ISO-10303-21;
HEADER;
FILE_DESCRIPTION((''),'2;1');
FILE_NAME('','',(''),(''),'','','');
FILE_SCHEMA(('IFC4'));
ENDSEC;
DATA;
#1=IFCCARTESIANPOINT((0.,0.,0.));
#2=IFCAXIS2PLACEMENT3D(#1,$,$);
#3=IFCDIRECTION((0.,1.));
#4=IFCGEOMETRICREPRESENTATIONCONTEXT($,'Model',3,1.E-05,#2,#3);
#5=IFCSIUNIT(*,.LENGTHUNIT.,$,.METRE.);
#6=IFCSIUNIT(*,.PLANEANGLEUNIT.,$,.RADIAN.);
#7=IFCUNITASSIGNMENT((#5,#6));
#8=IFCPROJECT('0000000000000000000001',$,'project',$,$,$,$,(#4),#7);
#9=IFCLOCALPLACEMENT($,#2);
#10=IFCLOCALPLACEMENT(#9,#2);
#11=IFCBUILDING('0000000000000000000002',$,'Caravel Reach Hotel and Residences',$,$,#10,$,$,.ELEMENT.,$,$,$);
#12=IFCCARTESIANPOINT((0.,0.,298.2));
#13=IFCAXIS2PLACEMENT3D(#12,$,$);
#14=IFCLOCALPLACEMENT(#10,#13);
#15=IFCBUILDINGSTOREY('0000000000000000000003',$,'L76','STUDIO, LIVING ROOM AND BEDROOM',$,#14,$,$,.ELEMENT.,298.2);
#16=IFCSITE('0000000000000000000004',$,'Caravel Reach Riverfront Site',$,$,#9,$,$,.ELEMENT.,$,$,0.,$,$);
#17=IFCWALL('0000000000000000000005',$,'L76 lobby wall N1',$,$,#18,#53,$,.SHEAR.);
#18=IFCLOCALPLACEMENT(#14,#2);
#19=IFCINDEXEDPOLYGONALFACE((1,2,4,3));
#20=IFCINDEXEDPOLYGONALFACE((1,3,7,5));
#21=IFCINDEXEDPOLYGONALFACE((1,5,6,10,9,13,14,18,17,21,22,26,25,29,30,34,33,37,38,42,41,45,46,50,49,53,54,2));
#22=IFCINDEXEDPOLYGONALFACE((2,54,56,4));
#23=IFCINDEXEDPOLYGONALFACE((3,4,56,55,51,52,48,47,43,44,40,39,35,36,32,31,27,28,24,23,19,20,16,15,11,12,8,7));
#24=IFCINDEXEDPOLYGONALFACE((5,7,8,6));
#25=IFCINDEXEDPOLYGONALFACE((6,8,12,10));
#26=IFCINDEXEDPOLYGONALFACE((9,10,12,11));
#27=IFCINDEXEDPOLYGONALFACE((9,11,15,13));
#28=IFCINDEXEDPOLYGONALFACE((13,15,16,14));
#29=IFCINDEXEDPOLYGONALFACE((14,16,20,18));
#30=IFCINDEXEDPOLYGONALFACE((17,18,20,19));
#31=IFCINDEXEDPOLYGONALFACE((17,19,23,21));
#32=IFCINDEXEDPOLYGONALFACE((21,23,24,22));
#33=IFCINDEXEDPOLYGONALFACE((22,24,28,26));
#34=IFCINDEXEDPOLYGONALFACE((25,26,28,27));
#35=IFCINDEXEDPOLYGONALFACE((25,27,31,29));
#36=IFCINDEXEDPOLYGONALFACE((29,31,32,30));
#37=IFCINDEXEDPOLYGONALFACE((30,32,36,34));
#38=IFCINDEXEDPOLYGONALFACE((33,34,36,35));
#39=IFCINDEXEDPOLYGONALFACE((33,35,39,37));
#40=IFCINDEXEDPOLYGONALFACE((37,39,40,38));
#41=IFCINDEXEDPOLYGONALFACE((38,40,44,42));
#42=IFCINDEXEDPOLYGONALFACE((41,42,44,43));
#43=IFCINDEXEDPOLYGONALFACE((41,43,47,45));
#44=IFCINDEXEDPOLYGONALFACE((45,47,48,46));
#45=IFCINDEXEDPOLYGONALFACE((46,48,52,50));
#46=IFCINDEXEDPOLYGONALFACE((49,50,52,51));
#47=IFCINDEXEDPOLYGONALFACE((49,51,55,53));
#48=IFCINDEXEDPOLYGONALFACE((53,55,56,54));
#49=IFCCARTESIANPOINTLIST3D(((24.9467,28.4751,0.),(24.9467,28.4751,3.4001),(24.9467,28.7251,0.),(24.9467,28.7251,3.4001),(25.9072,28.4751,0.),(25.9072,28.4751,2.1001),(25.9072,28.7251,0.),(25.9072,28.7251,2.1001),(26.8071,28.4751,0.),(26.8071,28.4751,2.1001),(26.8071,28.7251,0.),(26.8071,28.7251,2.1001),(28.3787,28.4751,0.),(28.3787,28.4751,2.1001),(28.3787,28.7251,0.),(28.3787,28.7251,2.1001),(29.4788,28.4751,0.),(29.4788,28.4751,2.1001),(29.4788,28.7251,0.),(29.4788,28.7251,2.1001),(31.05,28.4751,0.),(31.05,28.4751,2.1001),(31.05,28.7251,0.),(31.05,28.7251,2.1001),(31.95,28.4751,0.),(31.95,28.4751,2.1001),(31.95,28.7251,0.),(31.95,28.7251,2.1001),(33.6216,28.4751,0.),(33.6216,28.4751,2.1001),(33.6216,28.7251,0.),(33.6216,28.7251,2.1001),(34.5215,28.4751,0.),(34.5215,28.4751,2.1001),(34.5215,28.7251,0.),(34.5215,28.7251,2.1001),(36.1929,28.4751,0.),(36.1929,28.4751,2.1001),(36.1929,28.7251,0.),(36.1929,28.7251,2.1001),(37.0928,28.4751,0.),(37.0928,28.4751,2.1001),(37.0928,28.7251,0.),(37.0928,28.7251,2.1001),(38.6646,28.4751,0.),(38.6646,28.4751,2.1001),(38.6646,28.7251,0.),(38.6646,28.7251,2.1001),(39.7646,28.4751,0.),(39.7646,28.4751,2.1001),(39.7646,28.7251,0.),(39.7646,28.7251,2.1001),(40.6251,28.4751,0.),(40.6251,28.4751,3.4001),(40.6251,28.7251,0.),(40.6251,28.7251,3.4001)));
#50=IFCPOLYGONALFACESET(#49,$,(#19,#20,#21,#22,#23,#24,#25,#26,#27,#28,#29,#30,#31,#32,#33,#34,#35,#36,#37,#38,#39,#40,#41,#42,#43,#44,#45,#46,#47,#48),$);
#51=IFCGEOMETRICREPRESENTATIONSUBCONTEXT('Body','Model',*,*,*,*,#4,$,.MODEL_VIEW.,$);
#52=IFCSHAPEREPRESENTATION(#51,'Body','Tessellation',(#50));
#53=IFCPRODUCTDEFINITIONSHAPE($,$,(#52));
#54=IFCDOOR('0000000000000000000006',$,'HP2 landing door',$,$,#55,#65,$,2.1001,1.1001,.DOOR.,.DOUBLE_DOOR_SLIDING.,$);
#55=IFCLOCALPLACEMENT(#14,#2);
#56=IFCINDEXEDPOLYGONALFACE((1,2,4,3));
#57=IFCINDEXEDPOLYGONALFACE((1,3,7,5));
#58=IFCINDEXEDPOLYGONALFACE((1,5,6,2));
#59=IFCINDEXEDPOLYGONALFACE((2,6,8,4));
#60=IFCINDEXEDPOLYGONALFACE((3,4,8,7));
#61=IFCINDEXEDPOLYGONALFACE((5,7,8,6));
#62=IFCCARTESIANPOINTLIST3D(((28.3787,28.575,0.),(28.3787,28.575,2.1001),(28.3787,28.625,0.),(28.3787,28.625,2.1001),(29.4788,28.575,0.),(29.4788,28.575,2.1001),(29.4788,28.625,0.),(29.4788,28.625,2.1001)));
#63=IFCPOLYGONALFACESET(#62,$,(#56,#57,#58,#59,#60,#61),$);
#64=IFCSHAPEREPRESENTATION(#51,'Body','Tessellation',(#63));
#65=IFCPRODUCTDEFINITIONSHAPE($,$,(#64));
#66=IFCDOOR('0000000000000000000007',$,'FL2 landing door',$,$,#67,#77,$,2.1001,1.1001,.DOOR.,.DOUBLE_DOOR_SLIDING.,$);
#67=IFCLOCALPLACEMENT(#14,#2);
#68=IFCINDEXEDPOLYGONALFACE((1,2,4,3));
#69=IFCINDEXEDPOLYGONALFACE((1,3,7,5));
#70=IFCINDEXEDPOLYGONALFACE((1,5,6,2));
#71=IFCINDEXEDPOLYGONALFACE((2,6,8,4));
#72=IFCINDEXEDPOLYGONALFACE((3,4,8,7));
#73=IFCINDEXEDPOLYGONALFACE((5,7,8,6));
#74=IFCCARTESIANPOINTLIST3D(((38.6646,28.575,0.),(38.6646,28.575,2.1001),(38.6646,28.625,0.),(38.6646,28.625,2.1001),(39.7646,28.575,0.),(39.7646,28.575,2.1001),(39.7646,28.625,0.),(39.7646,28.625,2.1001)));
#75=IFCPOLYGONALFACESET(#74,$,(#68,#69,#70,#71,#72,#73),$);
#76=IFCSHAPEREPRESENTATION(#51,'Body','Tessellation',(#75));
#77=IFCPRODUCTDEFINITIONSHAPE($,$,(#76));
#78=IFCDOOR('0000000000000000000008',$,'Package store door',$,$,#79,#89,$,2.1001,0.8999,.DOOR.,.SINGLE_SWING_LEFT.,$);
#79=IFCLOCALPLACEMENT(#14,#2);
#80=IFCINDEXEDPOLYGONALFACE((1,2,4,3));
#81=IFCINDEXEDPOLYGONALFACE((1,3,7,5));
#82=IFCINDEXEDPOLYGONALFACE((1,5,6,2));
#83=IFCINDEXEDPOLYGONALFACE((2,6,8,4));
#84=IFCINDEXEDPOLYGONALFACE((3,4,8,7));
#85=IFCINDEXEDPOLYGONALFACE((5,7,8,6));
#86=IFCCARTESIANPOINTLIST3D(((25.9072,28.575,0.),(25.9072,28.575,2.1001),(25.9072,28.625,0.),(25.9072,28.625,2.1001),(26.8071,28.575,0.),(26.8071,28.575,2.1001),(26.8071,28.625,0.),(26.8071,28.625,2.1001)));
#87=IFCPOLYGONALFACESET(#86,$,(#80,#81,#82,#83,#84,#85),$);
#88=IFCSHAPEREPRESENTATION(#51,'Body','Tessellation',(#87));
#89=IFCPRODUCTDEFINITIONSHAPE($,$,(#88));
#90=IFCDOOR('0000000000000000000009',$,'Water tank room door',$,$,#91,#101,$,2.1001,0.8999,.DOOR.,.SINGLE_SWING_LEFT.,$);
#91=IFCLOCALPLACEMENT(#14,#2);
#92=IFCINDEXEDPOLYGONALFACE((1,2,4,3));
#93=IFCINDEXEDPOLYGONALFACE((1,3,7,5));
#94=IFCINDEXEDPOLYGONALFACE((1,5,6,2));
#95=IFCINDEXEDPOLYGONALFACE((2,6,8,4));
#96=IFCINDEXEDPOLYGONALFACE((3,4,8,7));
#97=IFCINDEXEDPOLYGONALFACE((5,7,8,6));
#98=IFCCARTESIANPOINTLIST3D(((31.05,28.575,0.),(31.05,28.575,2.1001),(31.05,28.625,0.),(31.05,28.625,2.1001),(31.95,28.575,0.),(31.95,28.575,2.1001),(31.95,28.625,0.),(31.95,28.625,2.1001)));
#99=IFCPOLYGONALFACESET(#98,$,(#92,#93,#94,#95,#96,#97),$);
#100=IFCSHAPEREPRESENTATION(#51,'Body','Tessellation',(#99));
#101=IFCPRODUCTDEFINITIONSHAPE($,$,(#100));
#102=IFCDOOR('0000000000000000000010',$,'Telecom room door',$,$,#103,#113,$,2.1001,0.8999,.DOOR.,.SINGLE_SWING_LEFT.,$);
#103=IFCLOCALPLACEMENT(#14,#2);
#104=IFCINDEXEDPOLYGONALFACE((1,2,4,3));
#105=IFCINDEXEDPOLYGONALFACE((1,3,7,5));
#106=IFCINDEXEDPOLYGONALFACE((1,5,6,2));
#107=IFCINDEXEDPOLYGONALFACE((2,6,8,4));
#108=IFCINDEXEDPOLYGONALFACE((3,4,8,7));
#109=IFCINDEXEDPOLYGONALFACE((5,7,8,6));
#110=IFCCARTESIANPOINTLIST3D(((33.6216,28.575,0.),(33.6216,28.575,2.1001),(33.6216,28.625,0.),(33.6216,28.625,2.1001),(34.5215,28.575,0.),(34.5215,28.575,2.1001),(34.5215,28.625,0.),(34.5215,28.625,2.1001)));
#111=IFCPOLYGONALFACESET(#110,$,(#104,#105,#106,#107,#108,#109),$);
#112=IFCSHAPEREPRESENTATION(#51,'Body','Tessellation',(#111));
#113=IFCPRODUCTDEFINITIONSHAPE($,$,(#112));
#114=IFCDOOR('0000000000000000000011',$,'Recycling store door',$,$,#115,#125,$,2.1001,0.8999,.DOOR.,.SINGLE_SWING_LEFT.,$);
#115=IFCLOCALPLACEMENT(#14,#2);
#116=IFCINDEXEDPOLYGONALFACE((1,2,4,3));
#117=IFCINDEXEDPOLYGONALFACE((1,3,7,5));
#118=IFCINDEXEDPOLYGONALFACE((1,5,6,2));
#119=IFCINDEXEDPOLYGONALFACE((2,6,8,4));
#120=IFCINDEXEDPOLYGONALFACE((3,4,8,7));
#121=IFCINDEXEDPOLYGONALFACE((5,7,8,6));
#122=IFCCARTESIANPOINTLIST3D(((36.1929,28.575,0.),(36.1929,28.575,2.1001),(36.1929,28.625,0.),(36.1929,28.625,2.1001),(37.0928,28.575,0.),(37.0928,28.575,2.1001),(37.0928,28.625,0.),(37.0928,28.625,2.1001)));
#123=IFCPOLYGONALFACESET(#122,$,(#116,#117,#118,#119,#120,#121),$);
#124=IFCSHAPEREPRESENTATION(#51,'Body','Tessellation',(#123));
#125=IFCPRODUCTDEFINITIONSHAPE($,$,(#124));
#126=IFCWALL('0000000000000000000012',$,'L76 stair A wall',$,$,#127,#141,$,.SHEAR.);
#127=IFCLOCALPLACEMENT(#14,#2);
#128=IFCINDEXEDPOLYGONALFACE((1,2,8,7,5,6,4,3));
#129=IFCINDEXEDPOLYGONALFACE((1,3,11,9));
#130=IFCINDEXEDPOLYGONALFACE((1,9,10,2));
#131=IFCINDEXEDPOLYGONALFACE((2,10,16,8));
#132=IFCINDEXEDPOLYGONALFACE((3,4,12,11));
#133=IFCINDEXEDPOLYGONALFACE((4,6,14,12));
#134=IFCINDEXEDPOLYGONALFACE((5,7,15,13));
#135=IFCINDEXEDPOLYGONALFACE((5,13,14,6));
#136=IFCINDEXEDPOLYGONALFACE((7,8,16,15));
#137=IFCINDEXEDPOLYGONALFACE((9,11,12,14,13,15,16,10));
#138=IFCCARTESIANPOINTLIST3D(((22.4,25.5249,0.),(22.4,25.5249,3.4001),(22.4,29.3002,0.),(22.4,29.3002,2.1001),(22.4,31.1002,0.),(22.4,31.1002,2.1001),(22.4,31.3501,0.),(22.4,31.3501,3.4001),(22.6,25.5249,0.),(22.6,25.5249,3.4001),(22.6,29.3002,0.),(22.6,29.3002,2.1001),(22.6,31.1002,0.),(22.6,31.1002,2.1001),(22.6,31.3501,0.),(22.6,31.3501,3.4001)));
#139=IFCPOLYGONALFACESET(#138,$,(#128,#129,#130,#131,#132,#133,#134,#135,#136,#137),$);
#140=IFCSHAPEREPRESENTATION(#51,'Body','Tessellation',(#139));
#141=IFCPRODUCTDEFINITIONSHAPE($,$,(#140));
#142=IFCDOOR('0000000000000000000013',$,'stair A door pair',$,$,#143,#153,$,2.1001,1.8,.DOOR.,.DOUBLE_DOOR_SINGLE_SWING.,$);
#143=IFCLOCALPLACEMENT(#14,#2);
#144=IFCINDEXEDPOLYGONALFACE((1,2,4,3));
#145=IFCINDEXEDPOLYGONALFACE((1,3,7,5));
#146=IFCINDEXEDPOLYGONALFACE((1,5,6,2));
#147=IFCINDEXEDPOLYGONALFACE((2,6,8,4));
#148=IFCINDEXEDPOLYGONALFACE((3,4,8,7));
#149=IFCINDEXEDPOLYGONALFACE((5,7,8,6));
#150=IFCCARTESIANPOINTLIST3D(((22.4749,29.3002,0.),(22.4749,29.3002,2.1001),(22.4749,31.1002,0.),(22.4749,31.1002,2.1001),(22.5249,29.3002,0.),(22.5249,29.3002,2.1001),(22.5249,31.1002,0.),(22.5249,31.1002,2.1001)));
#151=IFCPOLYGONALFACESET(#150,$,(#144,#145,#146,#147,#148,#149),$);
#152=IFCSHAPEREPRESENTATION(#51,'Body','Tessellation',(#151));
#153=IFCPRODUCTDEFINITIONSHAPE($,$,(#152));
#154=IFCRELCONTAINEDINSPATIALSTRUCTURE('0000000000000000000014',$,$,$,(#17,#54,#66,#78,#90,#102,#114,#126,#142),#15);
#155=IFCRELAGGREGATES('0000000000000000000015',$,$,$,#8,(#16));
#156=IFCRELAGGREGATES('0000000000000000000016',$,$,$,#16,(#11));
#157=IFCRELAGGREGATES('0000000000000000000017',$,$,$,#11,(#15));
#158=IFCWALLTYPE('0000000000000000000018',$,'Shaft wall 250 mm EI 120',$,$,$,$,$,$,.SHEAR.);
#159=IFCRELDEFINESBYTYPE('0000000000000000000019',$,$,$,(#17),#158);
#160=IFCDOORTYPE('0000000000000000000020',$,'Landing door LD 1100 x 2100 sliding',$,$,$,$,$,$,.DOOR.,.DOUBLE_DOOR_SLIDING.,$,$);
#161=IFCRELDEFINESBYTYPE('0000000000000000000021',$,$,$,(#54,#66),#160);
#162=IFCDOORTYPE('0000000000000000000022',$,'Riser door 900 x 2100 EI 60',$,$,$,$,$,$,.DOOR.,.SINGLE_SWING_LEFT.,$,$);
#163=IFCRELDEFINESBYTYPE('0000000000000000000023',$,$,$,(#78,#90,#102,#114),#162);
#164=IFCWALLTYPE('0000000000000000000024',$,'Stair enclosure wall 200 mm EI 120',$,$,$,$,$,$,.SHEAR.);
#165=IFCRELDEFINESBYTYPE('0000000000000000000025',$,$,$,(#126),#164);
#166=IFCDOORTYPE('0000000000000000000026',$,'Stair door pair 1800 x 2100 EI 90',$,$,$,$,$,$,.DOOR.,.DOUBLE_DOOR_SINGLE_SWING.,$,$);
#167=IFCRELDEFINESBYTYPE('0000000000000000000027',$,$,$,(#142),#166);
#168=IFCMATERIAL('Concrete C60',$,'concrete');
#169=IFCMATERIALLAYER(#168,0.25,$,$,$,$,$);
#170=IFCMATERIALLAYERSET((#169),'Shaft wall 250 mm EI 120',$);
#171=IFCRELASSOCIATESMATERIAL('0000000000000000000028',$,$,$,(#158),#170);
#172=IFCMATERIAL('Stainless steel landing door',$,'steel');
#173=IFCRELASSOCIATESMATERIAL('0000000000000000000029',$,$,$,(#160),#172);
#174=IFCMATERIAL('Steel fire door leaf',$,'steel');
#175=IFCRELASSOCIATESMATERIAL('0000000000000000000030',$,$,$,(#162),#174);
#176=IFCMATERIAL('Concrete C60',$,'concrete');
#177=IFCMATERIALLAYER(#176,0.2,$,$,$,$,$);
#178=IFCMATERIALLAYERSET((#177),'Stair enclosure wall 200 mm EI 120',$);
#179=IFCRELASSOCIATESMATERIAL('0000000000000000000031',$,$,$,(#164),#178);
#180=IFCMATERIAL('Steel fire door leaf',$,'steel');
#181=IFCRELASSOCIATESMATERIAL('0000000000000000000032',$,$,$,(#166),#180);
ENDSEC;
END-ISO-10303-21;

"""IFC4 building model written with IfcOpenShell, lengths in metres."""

from ifc_helpers import new_model, si_unit, direction, frame, frame_2d, origin, place, context, subcontext, project, spatial, rectangle, extrude, material, layer, layer_set, type_object, element, fill, save


model = new_model("IFC4")

# Units and contexts
model_context = context("Model", 3, precision=1e-05, world=origin(), true_north=direction((0.0, 1.0)))
body_context = subcontext(model_context, "Body", "Model", "MODEL_VIEW")
ifc_project = project(units=[si_unit("LENGTHUNIT", "METRE"), si_unit("PLANEANGLEUNIT", "RADIAN")], contexts=[model_context])

# Site, building, storey
site_placement = place(None, origin())
site = spatial("IfcSite", under=ifc_project, at=site_placement, Name="Caravel Reach Riverfront Site", CompositionType="ELEMENT", RefElevation=0.0)
building_placement = place(site_placement, origin())
building = spatial("IfcBuilding", under=site, at=building_placement, Name="Caravel Reach Hotel and Residences", CompositionType="ELEMENT")
storey_placement = place(building_placement, frame((0.0, 0.0, 298.2)))
storey = spatial("IfcBuildingStorey", under=building, at=storey_placement, Name="L76", Description="STUDIO, LIVING ROOM AND BEDROOM", CompositionType="ELEMENT", Elevation=298.2)

# Wall, openings, doors
ifc_material_1 = material(Name="Concrete C60", Category="concrete")
ifc_layer_1 = layer(ifc_material_1, 0.25)
ifc_layer_set_1 = layer_set([ifc_layer_1], Name="Shaft wall 250 mm EI 120")
wall_type_1 = type_object("IfcWallType", Name="Shaft wall 250 mm EI 120", PredefinedType="SHEAR", material=ifc_layer_set_1)
wall_1_placement = place(storey_placement, frame((24.9465, 28.6001, 0.0), z_axis=(0.0, 0.0, 1.0), x_axis=(1.0, 0.0, 0.0)))
wall_1 = element("IfcWall", 1, at=wall_1_placement, inside=storey, type_object=wall_type_1, Name="L76 lobby wall N1", PredefinedType="SHEAR", context=body_context, shape_type="SweptSolid", body=[
    extrude(rectangle(XDim=15.6785, YDim=0.25, at=frame_2d((7.8394, 0.0))), origin(), (0.0, 0.0, 1.0), 3.4001),
])
opening_1_placement = place(wall_1_placement, frame((3.4321, 0.0, 0.0)))
opening_1 = element("IfcOpeningElement", 2, at=opening_1_placement, cuts=wall_1, PredefinedType="OPENING", context=body_context, shape_type="SweptSolid", body=[
    extrude(rectangle(XDim=1.1001, YDim=2.1001, at=frame_2d((0.55, 1.05))), frame((0.0, 0.135, 0.0), z_axis=(0.0, -1.0, 0.0), x_axis=(1.0, 0.0, 0.0)), (0.0, 0.0, 1.0), 0.27),
])
opening_2_placement = place(wall_1_placement, frame((13.718, 0.0, 0.0)))
opening_2 = element("IfcOpeningElement", 3, at=opening_2_placement, cuts=wall_1, PredefinedType="OPENING", context=body_context, shape_type="SweptSolid", body=[
    extrude(rectangle(XDim=1.1001, YDim=2.1001, at=frame_2d((0.55, 1.05))), frame((0.0, 0.135, 0.0), z_axis=(0.0, -1.0, 0.0), x_axis=(1.0, 0.0, 0.0)), (0.0, 0.0, 1.0), 0.27),
])
opening_3_placement = place(wall_1_placement, frame((0.9607, 0.0, 0.0)))
opening_3 = element("IfcOpeningElement", 4, at=opening_3_placement, cuts=wall_1, PredefinedType="OPENING", context=body_context, shape_type="SweptSolid", body=[
    extrude(rectangle(XDim=0.8999, YDim=2.1001, at=frame_2d((0.45, 1.05))), frame((0.0, 0.135, 0.0), z_axis=(0.0, -1.0, 0.0), x_axis=(1.0, 0.0, 0.0)), (0.0, 0.0, 1.0), 0.27),
])
opening_4_placement = place(wall_1_placement, frame((6.1035, 0.0, 0.0)))
opening_4 = element("IfcOpeningElement", 5, at=opening_4_placement, cuts=wall_1, PredefinedType="OPENING", context=body_context, shape_type="SweptSolid", body=[
    extrude(rectangle(XDim=0.8999, YDim=2.1001, at=frame_2d((0.45, 1.05))), frame((0.0, 0.135, 0.0), z_axis=(0.0, -1.0, 0.0), x_axis=(1.0, 0.0, 0.0)), (0.0, 0.0, 1.0), 0.27),
])
opening_5_placement = place(wall_1_placement, frame((8.675, 0.0, 0.0)))
opening_5 = element("IfcOpeningElement", 6, at=opening_5_placement, cuts=wall_1, PredefinedType="OPENING", context=body_context, shape_type="SweptSolid", body=[
    extrude(rectangle(XDim=0.8999, YDim=2.1001, at=frame_2d((0.45, 1.05))), frame((0.0, 0.135, 0.0), z_axis=(0.0, -1.0, 0.0), x_axis=(1.0, 0.0, 0.0)), (0.0, 0.0, 1.0), 0.27),
])
opening_6_placement = place(wall_1_placement, frame((11.2463, 0.0, 0.0)))
opening_6 = element("IfcOpeningElement", 7, at=opening_6_placement, cuts=wall_1, PredefinedType="OPENING", context=body_context, shape_type="SweptSolid", body=[
    extrude(rectangle(XDim=0.8999, YDim=2.1001, at=frame_2d((0.45, 1.05))), frame((0.0, 0.135, 0.0), z_axis=(0.0, -1.0, 0.0), x_axis=(1.0, 0.0, 0.0)), (0.0, 0.0, 1.0), 0.27),
])
ifc_material_2 = material(Name="Stainless steel landing door", Category="steel")
door_type_1 = type_object("IfcDoorType", Name="Landing door LD 1100 x 2100 sliding", OperationType="DOUBLE_DOOR_SLIDING", PredefinedType="DOOR", material=ifc_material_2)
door_1_placement = place(opening_1_placement, origin())
door_1 = element("IfcDoor", 8, at=door_1_placement, inside=storey, type_object=door_type_1, Name="HP2 landing door", OperationType="DOUBLE_DOOR_SLIDING", OverallHeight=2.1001, OverallWidth=1.1001, PredefinedType="DOOR", context=body_context, shape_type="SweptSolid", body=[
    extrude(rectangle(XDim=1.1001, YDim=2.1001, at=frame_2d((0.55, 1.05))), frame((0.0, 0.0249, 0.0), z_axis=(0.0, -1.0, 0.0), x_axis=(1.0, 0.0, 0.0)), (0.0, 0.0, 1.0), 0.05),
])
fill(opening_1, door_1)
door_2_placement = place(opening_2_placement, origin())
door_2 = element("IfcDoor", 9, at=door_2_placement, inside=storey, type_object=door_type_1, Name="FL2 landing door", OperationType="DOUBLE_DOOR_SLIDING", OverallHeight=2.1001, OverallWidth=1.1001, PredefinedType="DOOR", context=body_context, shape_type="SweptSolid", body=[
    extrude(rectangle(XDim=1.1001, YDim=2.1001, at=frame_2d((0.55, 1.05))), frame((0.0, 0.0249, 0.0), z_axis=(0.0, -1.0, 0.0), x_axis=(1.0, 0.0, 0.0)), (0.0, 0.0, 1.0), 0.05),
])
fill(opening_2, door_2)
ifc_material_3 = material(Name="Steel fire door leaf", Category="steel")
door_type_2 = type_object("IfcDoorType", Name="Riser door 900 x 2100 EI 60", OperationType="SINGLE_SWING_LEFT", PredefinedType="DOOR", material=ifc_material_3)
door_3_placement = place(opening_3_placement, origin())
door_3 = element("IfcDoor", 10, at=door_3_placement, inside=storey, type_object=door_type_2, Name="Package store door", OperationType="SINGLE_SWING_LEFT", OverallHeight=2.1001, OverallWidth=0.8999, PredefinedType="DOOR", context=body_context, shape_type="SweptSolid", body=[
    extrude(rectangle(XDim=0.8999, YDim=2.1001, at=frame_2d((0.45, 1.05))), frame((0.0, 0.0249, 0.0), z_axis=(0.0, -1.0, 0.0), x_axis=(1.0, 0.0, 0.0)), (0.0, 0.0, 1.0), 0.05),
])
fill(opening_3, door_3)
door_4_placement = place(opening_4_placement, origin())
door_4 = element("IfcDoor", 11, at=door_4_placement, inside=storey, type_object=door_type_2, Name="Water tank room door", OperationType="SINGLE_SWING_LEFT", OverallHeight=2.1001, OverallWidth=0.8999, PredefinedType="DOOR", context=body_context, shape_type="SweptSolid", body=[
    extrude(rectangle(XDim=0.8999, YDim=2.1001, at=frame_2d((0.45, 1.05))), frame((0.0, 0.0249, 0.0), z_axis=(0.0, -1.0, 0.0), x_axis=(1.0, 0.0, 0.0)), (0.0, 0.0, 1.0), 0.05),
])
fill(opening_4, door_4)
door_5_placement = place(opening_5_placement, origin())
door_5 = element("IfcDoor", 12, at=door_5_placement, inside=storey, type_object=door_type_2, Name="Telecom room door", OperationType="SINGLE_SWING_LEFT", OverallHeight=2.1001, OverallWidth=0.8999, PredefinedType="DOOR", context=body_context, shape_type="SweptSolid", body=[
    extrude(rectangle(XDim=0.8999, YDim=2.1001, at=frame_2d((0.45, 1.05))), frame((0.0, 0.0249, 0.0), z_axis=(0.0, -1.0, 0.0), x_axis=(1.0, 0.0, 0.0)), (0.0, 0.0, 1.0), 0.05),
])
fill(opening_5, door_5)
door_6_placement = place(opening_6_placement, origin())
door_6 = element("IfcDoor", 13, at=door_6_placement, inside=storey, type_object=door_type_2, Name="Recycling store door", OperationType="SINGLE_SWING_LEFT", OverallHeight=2.1001, OverallWidth=0.8999, PredefinedType="DOOR", context=body_context, shape_type="SweptSolid", body=[
    extrude(rectangle(XDim=0.8999, YDim=2.1001, at=frame_2d((0.45, 1.05))), frame((0.0, 0.0249, 0.0), z_axis=(0.0, -1.0, 0.0), x_axis=(1.0, 0.0, 0.0)), (0.0, 0.0, 1.0), 0.05),
])
fill(opening_6, door_6)

# Wall, opening, door
ifc_material_4 = material(Name="Concrete C60", Category="concrete")
ifc_layer_2 = layer(ifc_material_4, 0.2)
ifc_layer_set_2 = layer_set([ifc_layer_2], Name="Stair enclosure wall 200 mm EI 120")
wall_type_2 = type_object("IfcWallType", Name="Stair enclosure wall 200 mm EI 120", PredefinedType="SHEAR", material=ifc_layer_set_2)
wall_2_placement = place(storey_placement, frame((22.5, 31.3501, 0.0), z_axis=(0.0, 0.0, 1.0), x_axis=(0.0, -1.0, 0.0)))
wall_2 = element("IfcWall", 14, at=wall_2_placement, inside=storey, type_object=wall_type_2, Name="L76 stair A wall", PredefinedType="SHEAR", context=body_context, shape_type="SweptSolid", body=[
    extrude(rectangle(XDim=5.8252, YDim=0.2, at=frame_2d((2.9126, 0.0))), origin(), (0.0, 0.0, 1.0), 3.4001),
])
opening_7_placement = place(wall_2_placement, frame((0.25, 0.0, 0.0)))
opening_7 = element("IfcOpeningElement", 15, at=opening_7_placement, cuts=wall_2, PredefinedType="OPENING", context=body_context, shape_type="SweptSolid", body=[
    extrude(rectangle(XDim=1.8, YDim=2.1001, at=frame_2d((0.8999, 1.05))), frame((0.0, 0.1099, 0.0), z_axis=(0.0, -1.0, 0.0), x_axis=(1.0, 0.0, 0.0)), (0.0, 0.0, 1.0), 0.22),
])
ifc_material_5 = material(Name="Steel fire door leaf", Category="steel")
door_type_3 = type_object("IfcDoorType", Name="Stair door pair 1800 x 2100 EI 90", OperationType="DOUBLE_DOOR_SINGLE_SWING", PredefinedType="DOOR", material=ifc_material_5)
door_7_placement = place(opening_7_placement, origin())
door_7 = element("IfcDoor", 16, at=door_7_placement, inside=storey, type_object=door_type_3, Name="stair A door pair", OperationType="DOUBLE_DOOR_SINGLE_SWING", OverallHeight=2.1001, OverallWidth=1.8, PredefinedType="DOOR", context=body_context, shape_type="SweptSolid", body=[
    extrude(rectangle(XDim=1.8, YDim=2.1001, at=frame_2d((0.8999, 1.05))), frame((0.0, 0.0249, 0.0), z_axis=(0.0, -1.0, 0.0), x_axis=(1.0, 0.0, 0.0)), (0.0, 0.0, 1.0), 0.05),
])
fill(opening_7, door_7)

save(model, "model.ifc")
